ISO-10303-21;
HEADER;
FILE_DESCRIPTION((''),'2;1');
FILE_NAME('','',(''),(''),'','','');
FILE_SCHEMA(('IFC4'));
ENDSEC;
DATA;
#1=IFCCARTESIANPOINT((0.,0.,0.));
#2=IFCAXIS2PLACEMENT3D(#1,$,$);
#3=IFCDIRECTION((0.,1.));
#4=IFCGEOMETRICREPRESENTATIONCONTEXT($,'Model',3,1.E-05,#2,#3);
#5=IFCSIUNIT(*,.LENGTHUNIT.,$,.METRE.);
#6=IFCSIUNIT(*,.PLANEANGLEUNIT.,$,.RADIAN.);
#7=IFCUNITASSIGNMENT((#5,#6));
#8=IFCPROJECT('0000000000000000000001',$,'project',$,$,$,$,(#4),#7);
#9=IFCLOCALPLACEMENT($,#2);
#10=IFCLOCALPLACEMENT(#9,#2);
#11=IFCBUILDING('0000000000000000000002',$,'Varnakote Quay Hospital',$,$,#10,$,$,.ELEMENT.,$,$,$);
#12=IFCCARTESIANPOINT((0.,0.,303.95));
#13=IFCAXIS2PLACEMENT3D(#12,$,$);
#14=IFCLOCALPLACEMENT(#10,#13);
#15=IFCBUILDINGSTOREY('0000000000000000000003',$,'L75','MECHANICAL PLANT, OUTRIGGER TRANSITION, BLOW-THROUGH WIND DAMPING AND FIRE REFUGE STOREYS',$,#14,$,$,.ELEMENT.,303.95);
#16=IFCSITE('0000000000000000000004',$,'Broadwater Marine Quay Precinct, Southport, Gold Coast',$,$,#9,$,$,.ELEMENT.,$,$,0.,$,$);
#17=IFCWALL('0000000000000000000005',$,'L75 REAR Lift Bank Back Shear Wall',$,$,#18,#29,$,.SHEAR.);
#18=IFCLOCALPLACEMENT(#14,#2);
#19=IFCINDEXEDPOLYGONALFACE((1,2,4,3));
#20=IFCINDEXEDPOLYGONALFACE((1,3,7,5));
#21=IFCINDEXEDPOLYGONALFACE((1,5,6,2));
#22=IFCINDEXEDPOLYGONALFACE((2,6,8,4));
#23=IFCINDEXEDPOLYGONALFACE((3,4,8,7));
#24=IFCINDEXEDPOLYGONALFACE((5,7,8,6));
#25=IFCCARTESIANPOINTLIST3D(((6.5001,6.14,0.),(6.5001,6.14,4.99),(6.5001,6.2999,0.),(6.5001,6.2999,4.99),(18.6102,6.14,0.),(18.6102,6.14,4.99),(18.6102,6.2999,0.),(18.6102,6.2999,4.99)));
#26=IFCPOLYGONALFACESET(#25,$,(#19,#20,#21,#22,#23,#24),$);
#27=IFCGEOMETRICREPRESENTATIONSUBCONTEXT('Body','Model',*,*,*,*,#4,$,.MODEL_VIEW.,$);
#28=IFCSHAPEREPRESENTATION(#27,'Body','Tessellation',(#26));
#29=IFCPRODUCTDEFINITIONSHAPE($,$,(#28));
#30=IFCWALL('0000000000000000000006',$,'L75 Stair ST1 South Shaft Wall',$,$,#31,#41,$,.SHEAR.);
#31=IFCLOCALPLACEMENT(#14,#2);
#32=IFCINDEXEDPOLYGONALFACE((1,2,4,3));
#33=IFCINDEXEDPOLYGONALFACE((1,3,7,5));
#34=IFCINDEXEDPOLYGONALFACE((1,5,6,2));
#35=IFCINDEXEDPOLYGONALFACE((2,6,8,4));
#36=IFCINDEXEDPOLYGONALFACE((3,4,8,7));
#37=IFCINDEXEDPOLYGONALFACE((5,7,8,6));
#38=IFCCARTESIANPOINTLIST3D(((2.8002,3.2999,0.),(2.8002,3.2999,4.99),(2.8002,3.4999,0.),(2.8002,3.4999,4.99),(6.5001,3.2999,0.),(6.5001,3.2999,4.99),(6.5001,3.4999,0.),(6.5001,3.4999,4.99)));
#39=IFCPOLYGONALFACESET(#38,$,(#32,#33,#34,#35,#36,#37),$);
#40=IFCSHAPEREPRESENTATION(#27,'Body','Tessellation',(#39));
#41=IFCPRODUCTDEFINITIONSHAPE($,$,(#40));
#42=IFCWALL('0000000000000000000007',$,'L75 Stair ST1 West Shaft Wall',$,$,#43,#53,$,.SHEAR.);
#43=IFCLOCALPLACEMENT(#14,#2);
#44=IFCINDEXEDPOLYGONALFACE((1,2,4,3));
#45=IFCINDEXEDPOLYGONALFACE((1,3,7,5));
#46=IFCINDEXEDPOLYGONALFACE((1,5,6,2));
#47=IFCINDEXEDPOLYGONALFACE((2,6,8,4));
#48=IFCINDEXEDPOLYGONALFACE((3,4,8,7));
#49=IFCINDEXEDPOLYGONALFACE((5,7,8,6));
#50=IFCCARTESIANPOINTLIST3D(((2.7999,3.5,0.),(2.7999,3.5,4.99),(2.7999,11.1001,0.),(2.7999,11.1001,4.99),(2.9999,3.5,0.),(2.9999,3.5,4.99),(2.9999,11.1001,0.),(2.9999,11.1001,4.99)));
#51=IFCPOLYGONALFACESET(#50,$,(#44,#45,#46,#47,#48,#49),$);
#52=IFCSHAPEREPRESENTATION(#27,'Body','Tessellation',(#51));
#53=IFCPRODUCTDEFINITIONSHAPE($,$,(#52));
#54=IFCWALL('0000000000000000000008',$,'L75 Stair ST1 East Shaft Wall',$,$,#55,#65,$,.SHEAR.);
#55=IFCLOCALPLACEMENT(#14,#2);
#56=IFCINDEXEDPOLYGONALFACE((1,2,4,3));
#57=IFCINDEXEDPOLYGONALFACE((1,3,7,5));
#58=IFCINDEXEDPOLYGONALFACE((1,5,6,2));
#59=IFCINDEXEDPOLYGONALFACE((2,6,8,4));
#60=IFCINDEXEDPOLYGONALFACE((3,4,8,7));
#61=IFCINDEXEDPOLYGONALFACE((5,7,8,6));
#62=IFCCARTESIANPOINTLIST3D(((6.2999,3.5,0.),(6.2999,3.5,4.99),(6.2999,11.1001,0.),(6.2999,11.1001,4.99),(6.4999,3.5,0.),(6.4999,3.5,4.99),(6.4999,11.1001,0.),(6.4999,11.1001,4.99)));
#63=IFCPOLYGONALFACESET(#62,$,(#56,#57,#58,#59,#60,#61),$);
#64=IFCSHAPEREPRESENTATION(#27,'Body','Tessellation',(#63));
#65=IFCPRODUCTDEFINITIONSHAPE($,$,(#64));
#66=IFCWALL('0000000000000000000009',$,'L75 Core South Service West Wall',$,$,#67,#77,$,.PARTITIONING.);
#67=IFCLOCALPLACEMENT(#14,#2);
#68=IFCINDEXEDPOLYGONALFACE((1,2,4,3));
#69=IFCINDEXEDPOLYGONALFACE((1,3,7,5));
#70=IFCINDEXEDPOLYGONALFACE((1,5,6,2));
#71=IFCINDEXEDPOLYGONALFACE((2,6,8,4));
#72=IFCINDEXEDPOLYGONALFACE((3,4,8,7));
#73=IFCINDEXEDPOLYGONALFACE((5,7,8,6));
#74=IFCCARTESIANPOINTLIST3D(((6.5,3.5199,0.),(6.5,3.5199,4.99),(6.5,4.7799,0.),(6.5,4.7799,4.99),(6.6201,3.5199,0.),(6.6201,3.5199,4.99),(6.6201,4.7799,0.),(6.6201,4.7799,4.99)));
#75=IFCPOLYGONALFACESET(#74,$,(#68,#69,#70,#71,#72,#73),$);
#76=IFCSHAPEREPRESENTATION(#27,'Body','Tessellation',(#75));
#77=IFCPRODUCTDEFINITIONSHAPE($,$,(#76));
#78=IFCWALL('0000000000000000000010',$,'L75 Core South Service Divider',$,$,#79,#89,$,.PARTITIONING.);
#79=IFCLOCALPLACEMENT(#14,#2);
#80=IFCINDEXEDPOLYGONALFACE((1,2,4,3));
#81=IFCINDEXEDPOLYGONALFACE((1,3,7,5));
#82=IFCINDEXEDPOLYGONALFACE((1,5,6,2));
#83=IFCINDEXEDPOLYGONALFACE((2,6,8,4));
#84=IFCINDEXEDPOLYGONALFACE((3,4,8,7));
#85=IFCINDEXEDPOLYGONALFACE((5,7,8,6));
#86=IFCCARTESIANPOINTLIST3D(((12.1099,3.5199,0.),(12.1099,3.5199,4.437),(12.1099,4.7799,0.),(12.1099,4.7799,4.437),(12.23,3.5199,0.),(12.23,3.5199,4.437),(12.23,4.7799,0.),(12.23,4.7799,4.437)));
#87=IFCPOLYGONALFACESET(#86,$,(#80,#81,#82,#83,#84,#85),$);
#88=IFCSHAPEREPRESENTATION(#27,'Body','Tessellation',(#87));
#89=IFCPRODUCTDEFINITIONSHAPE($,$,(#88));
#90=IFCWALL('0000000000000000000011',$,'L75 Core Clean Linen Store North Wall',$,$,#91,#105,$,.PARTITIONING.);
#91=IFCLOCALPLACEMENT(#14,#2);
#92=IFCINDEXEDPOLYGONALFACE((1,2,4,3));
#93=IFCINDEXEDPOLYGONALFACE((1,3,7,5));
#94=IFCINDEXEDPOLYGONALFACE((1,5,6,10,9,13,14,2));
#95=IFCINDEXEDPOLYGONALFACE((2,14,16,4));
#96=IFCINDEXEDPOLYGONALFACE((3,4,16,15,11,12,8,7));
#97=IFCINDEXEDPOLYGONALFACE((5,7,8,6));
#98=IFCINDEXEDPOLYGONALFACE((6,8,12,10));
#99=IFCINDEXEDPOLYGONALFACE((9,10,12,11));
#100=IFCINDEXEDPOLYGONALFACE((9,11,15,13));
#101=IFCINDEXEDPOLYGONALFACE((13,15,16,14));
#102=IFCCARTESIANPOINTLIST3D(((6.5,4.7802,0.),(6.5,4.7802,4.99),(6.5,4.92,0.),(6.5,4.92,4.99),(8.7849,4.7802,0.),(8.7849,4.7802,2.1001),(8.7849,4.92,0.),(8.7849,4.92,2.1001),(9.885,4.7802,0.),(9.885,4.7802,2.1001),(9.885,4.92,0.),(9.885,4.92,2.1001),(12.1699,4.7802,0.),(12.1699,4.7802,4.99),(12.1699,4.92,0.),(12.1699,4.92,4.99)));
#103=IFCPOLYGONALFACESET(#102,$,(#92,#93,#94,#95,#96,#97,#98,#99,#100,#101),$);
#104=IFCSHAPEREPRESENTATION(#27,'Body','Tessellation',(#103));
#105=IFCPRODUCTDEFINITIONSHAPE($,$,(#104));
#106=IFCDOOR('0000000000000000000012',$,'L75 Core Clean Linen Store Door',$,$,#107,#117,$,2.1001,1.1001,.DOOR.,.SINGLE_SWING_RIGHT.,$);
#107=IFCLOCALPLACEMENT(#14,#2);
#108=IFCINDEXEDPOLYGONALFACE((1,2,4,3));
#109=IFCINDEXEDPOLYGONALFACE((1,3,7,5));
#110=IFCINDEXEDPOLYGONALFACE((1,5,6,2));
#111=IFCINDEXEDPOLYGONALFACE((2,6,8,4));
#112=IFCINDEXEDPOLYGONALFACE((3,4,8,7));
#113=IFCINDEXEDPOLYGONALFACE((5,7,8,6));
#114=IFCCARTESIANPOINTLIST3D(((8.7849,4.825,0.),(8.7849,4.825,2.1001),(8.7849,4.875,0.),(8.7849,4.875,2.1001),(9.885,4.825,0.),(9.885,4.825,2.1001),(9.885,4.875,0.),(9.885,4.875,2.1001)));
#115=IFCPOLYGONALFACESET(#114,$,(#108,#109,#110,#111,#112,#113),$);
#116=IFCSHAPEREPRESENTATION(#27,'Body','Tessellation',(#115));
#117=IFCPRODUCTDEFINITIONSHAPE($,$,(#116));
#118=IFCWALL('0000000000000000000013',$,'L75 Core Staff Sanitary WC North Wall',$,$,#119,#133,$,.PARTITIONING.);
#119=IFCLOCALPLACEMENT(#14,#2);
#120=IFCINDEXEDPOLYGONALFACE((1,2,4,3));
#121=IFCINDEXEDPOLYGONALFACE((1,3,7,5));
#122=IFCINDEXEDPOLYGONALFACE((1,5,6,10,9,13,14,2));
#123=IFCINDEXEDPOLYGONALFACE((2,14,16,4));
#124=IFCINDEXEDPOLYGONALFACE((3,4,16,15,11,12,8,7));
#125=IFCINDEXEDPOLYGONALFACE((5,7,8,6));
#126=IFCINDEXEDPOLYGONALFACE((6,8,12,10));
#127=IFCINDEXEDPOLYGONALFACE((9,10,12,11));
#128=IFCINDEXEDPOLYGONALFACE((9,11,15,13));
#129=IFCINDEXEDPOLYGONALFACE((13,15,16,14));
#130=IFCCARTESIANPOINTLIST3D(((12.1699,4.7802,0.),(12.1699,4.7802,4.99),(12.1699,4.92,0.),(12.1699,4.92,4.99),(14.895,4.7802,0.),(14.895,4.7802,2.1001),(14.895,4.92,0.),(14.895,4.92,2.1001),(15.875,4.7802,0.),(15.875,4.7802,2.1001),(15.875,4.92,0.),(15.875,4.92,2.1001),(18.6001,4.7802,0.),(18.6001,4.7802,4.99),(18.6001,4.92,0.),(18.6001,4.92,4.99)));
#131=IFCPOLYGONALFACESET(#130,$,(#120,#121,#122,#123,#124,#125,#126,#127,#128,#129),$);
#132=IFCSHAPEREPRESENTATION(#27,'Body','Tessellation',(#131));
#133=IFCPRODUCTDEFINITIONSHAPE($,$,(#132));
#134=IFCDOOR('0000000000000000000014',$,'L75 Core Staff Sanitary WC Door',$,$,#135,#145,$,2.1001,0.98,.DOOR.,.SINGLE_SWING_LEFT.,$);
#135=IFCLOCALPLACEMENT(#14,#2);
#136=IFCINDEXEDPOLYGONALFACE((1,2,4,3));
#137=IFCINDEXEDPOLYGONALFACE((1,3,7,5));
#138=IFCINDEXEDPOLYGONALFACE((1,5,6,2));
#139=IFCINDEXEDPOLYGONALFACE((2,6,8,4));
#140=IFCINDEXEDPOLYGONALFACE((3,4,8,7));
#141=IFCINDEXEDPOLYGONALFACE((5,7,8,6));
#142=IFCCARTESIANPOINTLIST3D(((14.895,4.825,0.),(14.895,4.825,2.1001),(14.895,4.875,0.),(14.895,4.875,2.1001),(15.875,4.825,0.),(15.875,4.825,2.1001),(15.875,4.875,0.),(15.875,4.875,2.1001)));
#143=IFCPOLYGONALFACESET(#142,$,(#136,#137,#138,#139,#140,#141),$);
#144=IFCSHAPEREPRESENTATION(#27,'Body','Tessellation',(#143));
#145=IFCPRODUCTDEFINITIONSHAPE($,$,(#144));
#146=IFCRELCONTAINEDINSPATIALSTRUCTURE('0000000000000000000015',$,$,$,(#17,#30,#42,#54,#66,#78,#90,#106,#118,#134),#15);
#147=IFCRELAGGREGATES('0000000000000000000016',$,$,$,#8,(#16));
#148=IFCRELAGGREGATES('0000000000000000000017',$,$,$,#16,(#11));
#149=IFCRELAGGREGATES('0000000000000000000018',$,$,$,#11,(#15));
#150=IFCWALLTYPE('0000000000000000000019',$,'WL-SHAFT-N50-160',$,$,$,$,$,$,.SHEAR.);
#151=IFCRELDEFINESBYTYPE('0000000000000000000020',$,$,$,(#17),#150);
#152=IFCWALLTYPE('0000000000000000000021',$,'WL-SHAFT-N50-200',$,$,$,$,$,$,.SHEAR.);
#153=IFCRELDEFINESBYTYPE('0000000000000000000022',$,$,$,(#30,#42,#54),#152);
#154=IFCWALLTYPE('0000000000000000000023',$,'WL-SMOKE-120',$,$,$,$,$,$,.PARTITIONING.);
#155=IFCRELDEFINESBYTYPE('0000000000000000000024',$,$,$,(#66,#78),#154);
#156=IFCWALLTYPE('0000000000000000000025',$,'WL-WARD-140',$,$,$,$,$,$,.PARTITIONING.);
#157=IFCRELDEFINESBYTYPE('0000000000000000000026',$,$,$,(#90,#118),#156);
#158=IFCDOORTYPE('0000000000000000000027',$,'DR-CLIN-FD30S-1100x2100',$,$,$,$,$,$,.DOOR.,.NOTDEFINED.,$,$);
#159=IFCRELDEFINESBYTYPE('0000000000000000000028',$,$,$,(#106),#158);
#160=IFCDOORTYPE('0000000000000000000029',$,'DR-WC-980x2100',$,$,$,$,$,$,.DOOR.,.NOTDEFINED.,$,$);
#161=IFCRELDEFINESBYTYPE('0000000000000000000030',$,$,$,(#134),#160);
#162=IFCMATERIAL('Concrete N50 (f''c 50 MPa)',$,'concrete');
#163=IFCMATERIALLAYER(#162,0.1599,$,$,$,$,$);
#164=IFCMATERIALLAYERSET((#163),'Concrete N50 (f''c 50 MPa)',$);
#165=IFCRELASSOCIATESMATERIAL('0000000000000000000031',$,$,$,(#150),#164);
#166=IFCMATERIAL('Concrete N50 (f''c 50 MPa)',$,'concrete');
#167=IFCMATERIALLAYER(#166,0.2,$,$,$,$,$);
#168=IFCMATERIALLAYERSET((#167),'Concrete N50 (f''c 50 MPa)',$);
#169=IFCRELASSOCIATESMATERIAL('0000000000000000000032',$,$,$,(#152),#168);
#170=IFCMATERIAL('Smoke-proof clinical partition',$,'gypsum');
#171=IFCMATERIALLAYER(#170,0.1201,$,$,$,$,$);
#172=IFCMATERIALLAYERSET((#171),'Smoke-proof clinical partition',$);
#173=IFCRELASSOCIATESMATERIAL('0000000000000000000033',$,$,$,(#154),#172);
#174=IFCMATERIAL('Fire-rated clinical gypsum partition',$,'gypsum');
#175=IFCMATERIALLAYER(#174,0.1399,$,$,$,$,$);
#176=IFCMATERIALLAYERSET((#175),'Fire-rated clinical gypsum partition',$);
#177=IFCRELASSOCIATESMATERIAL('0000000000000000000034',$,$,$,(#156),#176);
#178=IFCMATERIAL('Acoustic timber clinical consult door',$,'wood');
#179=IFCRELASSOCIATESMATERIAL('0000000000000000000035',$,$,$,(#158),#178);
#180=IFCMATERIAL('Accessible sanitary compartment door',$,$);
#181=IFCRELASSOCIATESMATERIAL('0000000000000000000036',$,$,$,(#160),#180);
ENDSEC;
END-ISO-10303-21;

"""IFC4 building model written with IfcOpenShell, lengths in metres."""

from ifc_helpers import new_model, si_unit, direction, frame, frame_2d, origin, place, context, subcontext, project, spatial, rectangle, extrude, material, layer, layer_set, type_object, element, fill, save


model = new_model("IFC4")

# Units and contexts
model_context = context("Model", 3, precision=1e-05, world=origin(), true_north=direction((0.0, 1.0)))
body_context = subcontext(model_context, "Body", "Model", "MODEL_VIEW")
ifc_project = project(units=[si_unit("LENGTHUNIT", "METRE"), si_unit("PLANEANGLEUNIT", "RADIAN")], contexts=[model_context])

# Site, building, storey
site_placement = place(None, origin())
site = spatial("IfcSite", under=ifc_project, at=site_placement, Name="Broadwater Marine Quay Precinct, Southport, Gold Coast", CompositionType="ELEMENT", RefElevation=0.0)
building_placement = place(site_placement, origin())
building = spatial("IfcBuilding", under=site, at=building_placement, Name="Varnakote Quay Hospital", CompositionType="ELEMENT")
storey_placement = place(building_placement, frame((0.0, 0.0, 303.95)))
storey = spatial("IfcBuildingStorey", under=building, at=storey_placement, Name="L75", Description="MECHANICAL PLANT, OUTRIGGER TRANSITION, BLOW-THROUGH WIND DAMPING AND FIRE REFUGE STOREYS", CompositionType="ELEMENT", Elevation=303.95)

# Walls
ifc_material_1 = material(Name="Concrete N50 (f'c 50 MPa)", Category="concrete")
ifc_layer_1 = layer(ifc_material_1, 0.1599)
ifc_layer_set_1 = layer_set([ifc_layer_1], Name="Concrete N50 (f'c 50 MPa)")
wall_type_1 = type_object("IfcWallType", Name="WL-SHAFT-N50-160", PredefinedType="SHEAR", material=ifc_layer_set_1)
wall_1_placement = place(storey_placement, frame((6.5, 6.22, 0.0), z_axis=(0.0, 0.0, 1.0), x_axis=(1.0, 0.0, 0.0)))
element("IfcWall", 1, at=wall_1_placement, inside=storey, type_object=wall_type_1, Name="L75 REAR Lift Bank Back Shear Wall", PredefinedType="SHEAR", context=body_context, shape_type="SweptSolid", body=[
    extrude(rectangle(XDim=12.1101, YDim=0.1599, at=frame_2d((6.0552, 0.0))), origin(), (0.0, 0.0, 1.0), 4.99),
])
ifc_material_2 = material(Name="Concrete N50 (f'c 50 MPa)", Category="concrete")
ifc_layer_2 = layer(ifc_material_2, 0.2)
ifc_layer_set_2 = layer_set([ifc_layer_2], Name="Concrete N50 (f'c 50 MPa)")
wall_type_2 = type_object("IfcWallType", Name="WL-SHAFT-N50-200", PredefinedType="SHEAR", material=ifc_layer_set_2)
wall_2_placement = place(storey_placement, frame((2.8, 3.3999, 0.0), z_axis=(0.0, 0.0, 1.0), x_axis=(1.0, 0.0, 0.0)))
element("IfcWall", 2, at=wall_2_placement, inside=storey, type_object=wall_type_2, Name="L75 Stair ST1 South Shaft Wall", PredefinedType="SHEAR", context=body_context, shape_type="SweptSolid", body=[
    extrude(rectangle(XDim=3.7, YDim=0.2, at=frame_2d((1.8501, 0.0))), origin(), (0.0, 0.0, 1.0), 4.99),
])
for number, where, z_axis, x_axis, name in (
    (3, (2.8999, 3.5, 0.0), (0.0, 0.0, 1.0), (0.0, 1.0, 0.0), "L75 Stair ST1 West Shaft Wall"),
    (4, (6.3999, 3.5, 0.0), (0.0, 0.0, 1.0), (0.0, 1.0, 0.0), "L75 Stair ST1 East Shaft Wall"),
):
    element("IfcWall", number, at=place(storey_placement, frame(where, z_axis=z_axis, x_axis=x_axis)), inside=storey, type_object=wall_type_2, Name=name, PredefinedType="SHEAR", context=body_context, shape_type="SweptSolid", body=[
        extrude(rectangle(XDim=7.6001, YDim=0.2, at=frame_2d((3.8, 0.0))), origin(), (0.0, 0.0, 1.0), 4.99),
    ])
ifc_material_3 = material(Name="Smoke-proof clinical partition", Category="gypsum")
ifc_layer_3 = layer(ifc_material_3, 0.1201)
ifc_layer_set_3 = layer_set([ifc_layer_3], Name="Smoke-proof clinical partition")
wall_type_3 = type_object("IfcWallType", Name="WL-SMOKE-120", PredefinedType="PARTITIONING", material=ifc_layer_set_3)
wall_3_placement = place(storey_placement, frame((6.5601, 3.52, 0.0), z_axis=(0.0, 0.0, 1.0), x_axis=(0.0, 1.0, 0.0)))
element("IfcWall", 5, at=wall_3_placement, inside=storey, type_object=wall_type_3, Name="L75 Core South Service West Wall", PredefinedType="PARTITIONING", context=body_context, shape_type="SweptSolid", body=[
    extrude(rectangle(XDim=1.26, YDim=0.1201, at=frame_2d((0.6299, 0.0))), origin(), (0.0, 0.0, 1.0), 4.99),
])
wall_4_placement = place(storey_placement, frame((12.1699, 3.52, 0.0), z_axis=(0.0, 0.0, 1.0), x_axis=(0.0, 1.0, 0.0)))
element("IfcWall", 6, at=wall_4_placement, inside=storey, type_object=wall_type_3, Name="L75 Core South Service Divider", PredefinedType="PARTITIONING", context=body_context, shape_type="SweptSolid", body=[
    extrude(rectangle(XDim=1.26, YDim=0.1201, at=frame_2d((0.6299, 0.0))), origin(), (0.0, 0.0, 1.0), 4.437),
])

# Walls, openings, doors
ifc_material_4 = material(Name="Fire-rated clinical gypsum partition", Category="gypsum")
ifc_layer_4 = layer(ifc_material_4, 0.1399)
ifc_layer_set_4 = layer_set([ifc_layer_4], Name="Fire-rated clinical gypsum partition")
wall_type_4 = type_object("IfcWallType", Name="WL-WARD-140", PredefinedType="PARTITIONING", material=ifc_layer_set_4)
wall_5_placement = place(storey_placement, frame((6.5, 4.8501, 0.0), z_axis=(0.0, 0.0, 1.0), x_axis=(1.0, 0.0, 0.0)))
wall_5 = element("IfcWall", 7, at=wall_5_placement, inside=storey, type_object=wall_type_4, Name="L75 Core Clean Linen Store North Wall", PredefinedType="PARTITIONING", context=body_context, shape_type="SweptSolid", body=[
    extrude(rectangle(XDim=5.6699, YDim=0.1399, at=frame_2d((2.835, 0.0))), origin(), (0.0, 0.0, 1.0), 4.99),
])
opening_1_placement = place(wall_5_placement, frame((2.2849, 0.0, 0.0)))
opening_1 = element("IfcOpeningElement", 8, at=opening_1_placement, cuts=wall_5, PredefinedType="OPENING", context=body_context, shape_type="SweptSolid", body=[
    extrude(rectangle(XDim=1.1001, YDim=2.1001, at=frame_2d((0.55, 1.05))), frame((0.0, 0.0798, 0.0), z_axis=(0.0, -1.0, 0.0), x_axis=(1.0, 0.0, 0.0)), (0.0, 0.0, 1.0), 0.1599),
])
ifc_material_5 = material(Name="Acoustic timber clinical consult door", Category="wood")
door_type_1 = type_object("IfcDoorType", Name="DR-CLIN-FD30S-1100x2100", OperationType="NOTDEFINED", PredefinedType="DOOR", material=ifc_material_5)
door_1_placement = place(opening_1_placement, origin())
door_1 = element("IfcDoor", 9, at=door_1_placement, inside=storey, type_object=door_type_1, Name="L75 Core Clean Linen Store Door", OperationType="SINGLE_SWING_RIGHT", OverallHeight=2.1001, OverallWidth=1.1001, PredefinedType="DOOR", context=body_context, shape_type="SweptSolid", body=[
    extrude(rectangle(XDim=1.1001, YDim=2.1001, at=frame_2d((0.55, 1.05))), frame((0.0, 0.0249, 0.0), z_axis=(0.0, -1.0, 0.0), x_axis=(1.0, 0.0, 0.0)), (0.0, 0.0, 1.0), 0.05),
])
fill(opening_1, door_1)
wall_6_placement = place(storey_placement, frame((12.1699, 4.8501, 0.0), z_axis=(0.0, 0.0, 1.0), x_axis=(1.0, 0.0, 0.0)))
wall_6 = element("IfcWall", 10, at=wall_6_placement, inside=storey, type_object=wall_type_4, Name="L75 Core Staff Sanitary WC North Wall", PredefinedType="PARTITIONING", context=body_context, shape_type="SweptSolid", body=[
    extrude(rectangle(XDim=6.4302, YDim=0.1399, at=frame_2d((3.2151, 0.0))), origin(), (0.0, 0.0, 1.0), 4.99),
])
opening_2_placement = place(wall_6_placement, frame((2.7251, 0.0, 0.0)))
opening_2 = element("IfcOpeningElement", 11, at=opening_2_placement, cuts=wall_6, PredefinedType="OPENING", context=body_context, shape_type="SweptSolid", body=[
    extrude(rectangle(XDim=0.98, YDim=2.1001, at=frame_2d((0.49, 1.05))), frame((0.0, 0.0798, 0.0), z_axis=(0.0, -1.0, 0.0), x_axis=(1.0, 0.0, 0.0)), (0.0, 0.0, 1.0), 0.1599),
])
ifc_material_6 = material(Name="Accessible sanitary compartment door")
door_type_2 = type_object("IfcDoorType", Name="DR-WC-980x2100", OperationType="NOTDEFINED", PredefinedType="DOOR", material=ifc_material_6)
door_2_placement = place(opening_2_placement, origin())
door_2 = element("IfcDoor", 12, at=door_2_placement, inside=storey, type_object=door_type_2, Name="L75 Core Staff Sanitary WC Door", OperationType="SINGLE_SWING_LEFT", OverallHeight=2.1001, OverallWidth=0.98, PredefinedType="DOOR", context=body_context, shape_type="SweptSolid", body=[
    extrude(rectangle(XDim=0.98, YDim=2.1001, at=frame_2d((0.49, 1.05))), frame((0.0, 0.0249, 0.0), z_axis=(0.0, -1.0, 0.0), x_axis=(1.0, 0.0, 0.0)), (0.0, 0.0, 1.0), 0.05),
])
fill(opening_2, door_2)

save(model, "model.ifc")
